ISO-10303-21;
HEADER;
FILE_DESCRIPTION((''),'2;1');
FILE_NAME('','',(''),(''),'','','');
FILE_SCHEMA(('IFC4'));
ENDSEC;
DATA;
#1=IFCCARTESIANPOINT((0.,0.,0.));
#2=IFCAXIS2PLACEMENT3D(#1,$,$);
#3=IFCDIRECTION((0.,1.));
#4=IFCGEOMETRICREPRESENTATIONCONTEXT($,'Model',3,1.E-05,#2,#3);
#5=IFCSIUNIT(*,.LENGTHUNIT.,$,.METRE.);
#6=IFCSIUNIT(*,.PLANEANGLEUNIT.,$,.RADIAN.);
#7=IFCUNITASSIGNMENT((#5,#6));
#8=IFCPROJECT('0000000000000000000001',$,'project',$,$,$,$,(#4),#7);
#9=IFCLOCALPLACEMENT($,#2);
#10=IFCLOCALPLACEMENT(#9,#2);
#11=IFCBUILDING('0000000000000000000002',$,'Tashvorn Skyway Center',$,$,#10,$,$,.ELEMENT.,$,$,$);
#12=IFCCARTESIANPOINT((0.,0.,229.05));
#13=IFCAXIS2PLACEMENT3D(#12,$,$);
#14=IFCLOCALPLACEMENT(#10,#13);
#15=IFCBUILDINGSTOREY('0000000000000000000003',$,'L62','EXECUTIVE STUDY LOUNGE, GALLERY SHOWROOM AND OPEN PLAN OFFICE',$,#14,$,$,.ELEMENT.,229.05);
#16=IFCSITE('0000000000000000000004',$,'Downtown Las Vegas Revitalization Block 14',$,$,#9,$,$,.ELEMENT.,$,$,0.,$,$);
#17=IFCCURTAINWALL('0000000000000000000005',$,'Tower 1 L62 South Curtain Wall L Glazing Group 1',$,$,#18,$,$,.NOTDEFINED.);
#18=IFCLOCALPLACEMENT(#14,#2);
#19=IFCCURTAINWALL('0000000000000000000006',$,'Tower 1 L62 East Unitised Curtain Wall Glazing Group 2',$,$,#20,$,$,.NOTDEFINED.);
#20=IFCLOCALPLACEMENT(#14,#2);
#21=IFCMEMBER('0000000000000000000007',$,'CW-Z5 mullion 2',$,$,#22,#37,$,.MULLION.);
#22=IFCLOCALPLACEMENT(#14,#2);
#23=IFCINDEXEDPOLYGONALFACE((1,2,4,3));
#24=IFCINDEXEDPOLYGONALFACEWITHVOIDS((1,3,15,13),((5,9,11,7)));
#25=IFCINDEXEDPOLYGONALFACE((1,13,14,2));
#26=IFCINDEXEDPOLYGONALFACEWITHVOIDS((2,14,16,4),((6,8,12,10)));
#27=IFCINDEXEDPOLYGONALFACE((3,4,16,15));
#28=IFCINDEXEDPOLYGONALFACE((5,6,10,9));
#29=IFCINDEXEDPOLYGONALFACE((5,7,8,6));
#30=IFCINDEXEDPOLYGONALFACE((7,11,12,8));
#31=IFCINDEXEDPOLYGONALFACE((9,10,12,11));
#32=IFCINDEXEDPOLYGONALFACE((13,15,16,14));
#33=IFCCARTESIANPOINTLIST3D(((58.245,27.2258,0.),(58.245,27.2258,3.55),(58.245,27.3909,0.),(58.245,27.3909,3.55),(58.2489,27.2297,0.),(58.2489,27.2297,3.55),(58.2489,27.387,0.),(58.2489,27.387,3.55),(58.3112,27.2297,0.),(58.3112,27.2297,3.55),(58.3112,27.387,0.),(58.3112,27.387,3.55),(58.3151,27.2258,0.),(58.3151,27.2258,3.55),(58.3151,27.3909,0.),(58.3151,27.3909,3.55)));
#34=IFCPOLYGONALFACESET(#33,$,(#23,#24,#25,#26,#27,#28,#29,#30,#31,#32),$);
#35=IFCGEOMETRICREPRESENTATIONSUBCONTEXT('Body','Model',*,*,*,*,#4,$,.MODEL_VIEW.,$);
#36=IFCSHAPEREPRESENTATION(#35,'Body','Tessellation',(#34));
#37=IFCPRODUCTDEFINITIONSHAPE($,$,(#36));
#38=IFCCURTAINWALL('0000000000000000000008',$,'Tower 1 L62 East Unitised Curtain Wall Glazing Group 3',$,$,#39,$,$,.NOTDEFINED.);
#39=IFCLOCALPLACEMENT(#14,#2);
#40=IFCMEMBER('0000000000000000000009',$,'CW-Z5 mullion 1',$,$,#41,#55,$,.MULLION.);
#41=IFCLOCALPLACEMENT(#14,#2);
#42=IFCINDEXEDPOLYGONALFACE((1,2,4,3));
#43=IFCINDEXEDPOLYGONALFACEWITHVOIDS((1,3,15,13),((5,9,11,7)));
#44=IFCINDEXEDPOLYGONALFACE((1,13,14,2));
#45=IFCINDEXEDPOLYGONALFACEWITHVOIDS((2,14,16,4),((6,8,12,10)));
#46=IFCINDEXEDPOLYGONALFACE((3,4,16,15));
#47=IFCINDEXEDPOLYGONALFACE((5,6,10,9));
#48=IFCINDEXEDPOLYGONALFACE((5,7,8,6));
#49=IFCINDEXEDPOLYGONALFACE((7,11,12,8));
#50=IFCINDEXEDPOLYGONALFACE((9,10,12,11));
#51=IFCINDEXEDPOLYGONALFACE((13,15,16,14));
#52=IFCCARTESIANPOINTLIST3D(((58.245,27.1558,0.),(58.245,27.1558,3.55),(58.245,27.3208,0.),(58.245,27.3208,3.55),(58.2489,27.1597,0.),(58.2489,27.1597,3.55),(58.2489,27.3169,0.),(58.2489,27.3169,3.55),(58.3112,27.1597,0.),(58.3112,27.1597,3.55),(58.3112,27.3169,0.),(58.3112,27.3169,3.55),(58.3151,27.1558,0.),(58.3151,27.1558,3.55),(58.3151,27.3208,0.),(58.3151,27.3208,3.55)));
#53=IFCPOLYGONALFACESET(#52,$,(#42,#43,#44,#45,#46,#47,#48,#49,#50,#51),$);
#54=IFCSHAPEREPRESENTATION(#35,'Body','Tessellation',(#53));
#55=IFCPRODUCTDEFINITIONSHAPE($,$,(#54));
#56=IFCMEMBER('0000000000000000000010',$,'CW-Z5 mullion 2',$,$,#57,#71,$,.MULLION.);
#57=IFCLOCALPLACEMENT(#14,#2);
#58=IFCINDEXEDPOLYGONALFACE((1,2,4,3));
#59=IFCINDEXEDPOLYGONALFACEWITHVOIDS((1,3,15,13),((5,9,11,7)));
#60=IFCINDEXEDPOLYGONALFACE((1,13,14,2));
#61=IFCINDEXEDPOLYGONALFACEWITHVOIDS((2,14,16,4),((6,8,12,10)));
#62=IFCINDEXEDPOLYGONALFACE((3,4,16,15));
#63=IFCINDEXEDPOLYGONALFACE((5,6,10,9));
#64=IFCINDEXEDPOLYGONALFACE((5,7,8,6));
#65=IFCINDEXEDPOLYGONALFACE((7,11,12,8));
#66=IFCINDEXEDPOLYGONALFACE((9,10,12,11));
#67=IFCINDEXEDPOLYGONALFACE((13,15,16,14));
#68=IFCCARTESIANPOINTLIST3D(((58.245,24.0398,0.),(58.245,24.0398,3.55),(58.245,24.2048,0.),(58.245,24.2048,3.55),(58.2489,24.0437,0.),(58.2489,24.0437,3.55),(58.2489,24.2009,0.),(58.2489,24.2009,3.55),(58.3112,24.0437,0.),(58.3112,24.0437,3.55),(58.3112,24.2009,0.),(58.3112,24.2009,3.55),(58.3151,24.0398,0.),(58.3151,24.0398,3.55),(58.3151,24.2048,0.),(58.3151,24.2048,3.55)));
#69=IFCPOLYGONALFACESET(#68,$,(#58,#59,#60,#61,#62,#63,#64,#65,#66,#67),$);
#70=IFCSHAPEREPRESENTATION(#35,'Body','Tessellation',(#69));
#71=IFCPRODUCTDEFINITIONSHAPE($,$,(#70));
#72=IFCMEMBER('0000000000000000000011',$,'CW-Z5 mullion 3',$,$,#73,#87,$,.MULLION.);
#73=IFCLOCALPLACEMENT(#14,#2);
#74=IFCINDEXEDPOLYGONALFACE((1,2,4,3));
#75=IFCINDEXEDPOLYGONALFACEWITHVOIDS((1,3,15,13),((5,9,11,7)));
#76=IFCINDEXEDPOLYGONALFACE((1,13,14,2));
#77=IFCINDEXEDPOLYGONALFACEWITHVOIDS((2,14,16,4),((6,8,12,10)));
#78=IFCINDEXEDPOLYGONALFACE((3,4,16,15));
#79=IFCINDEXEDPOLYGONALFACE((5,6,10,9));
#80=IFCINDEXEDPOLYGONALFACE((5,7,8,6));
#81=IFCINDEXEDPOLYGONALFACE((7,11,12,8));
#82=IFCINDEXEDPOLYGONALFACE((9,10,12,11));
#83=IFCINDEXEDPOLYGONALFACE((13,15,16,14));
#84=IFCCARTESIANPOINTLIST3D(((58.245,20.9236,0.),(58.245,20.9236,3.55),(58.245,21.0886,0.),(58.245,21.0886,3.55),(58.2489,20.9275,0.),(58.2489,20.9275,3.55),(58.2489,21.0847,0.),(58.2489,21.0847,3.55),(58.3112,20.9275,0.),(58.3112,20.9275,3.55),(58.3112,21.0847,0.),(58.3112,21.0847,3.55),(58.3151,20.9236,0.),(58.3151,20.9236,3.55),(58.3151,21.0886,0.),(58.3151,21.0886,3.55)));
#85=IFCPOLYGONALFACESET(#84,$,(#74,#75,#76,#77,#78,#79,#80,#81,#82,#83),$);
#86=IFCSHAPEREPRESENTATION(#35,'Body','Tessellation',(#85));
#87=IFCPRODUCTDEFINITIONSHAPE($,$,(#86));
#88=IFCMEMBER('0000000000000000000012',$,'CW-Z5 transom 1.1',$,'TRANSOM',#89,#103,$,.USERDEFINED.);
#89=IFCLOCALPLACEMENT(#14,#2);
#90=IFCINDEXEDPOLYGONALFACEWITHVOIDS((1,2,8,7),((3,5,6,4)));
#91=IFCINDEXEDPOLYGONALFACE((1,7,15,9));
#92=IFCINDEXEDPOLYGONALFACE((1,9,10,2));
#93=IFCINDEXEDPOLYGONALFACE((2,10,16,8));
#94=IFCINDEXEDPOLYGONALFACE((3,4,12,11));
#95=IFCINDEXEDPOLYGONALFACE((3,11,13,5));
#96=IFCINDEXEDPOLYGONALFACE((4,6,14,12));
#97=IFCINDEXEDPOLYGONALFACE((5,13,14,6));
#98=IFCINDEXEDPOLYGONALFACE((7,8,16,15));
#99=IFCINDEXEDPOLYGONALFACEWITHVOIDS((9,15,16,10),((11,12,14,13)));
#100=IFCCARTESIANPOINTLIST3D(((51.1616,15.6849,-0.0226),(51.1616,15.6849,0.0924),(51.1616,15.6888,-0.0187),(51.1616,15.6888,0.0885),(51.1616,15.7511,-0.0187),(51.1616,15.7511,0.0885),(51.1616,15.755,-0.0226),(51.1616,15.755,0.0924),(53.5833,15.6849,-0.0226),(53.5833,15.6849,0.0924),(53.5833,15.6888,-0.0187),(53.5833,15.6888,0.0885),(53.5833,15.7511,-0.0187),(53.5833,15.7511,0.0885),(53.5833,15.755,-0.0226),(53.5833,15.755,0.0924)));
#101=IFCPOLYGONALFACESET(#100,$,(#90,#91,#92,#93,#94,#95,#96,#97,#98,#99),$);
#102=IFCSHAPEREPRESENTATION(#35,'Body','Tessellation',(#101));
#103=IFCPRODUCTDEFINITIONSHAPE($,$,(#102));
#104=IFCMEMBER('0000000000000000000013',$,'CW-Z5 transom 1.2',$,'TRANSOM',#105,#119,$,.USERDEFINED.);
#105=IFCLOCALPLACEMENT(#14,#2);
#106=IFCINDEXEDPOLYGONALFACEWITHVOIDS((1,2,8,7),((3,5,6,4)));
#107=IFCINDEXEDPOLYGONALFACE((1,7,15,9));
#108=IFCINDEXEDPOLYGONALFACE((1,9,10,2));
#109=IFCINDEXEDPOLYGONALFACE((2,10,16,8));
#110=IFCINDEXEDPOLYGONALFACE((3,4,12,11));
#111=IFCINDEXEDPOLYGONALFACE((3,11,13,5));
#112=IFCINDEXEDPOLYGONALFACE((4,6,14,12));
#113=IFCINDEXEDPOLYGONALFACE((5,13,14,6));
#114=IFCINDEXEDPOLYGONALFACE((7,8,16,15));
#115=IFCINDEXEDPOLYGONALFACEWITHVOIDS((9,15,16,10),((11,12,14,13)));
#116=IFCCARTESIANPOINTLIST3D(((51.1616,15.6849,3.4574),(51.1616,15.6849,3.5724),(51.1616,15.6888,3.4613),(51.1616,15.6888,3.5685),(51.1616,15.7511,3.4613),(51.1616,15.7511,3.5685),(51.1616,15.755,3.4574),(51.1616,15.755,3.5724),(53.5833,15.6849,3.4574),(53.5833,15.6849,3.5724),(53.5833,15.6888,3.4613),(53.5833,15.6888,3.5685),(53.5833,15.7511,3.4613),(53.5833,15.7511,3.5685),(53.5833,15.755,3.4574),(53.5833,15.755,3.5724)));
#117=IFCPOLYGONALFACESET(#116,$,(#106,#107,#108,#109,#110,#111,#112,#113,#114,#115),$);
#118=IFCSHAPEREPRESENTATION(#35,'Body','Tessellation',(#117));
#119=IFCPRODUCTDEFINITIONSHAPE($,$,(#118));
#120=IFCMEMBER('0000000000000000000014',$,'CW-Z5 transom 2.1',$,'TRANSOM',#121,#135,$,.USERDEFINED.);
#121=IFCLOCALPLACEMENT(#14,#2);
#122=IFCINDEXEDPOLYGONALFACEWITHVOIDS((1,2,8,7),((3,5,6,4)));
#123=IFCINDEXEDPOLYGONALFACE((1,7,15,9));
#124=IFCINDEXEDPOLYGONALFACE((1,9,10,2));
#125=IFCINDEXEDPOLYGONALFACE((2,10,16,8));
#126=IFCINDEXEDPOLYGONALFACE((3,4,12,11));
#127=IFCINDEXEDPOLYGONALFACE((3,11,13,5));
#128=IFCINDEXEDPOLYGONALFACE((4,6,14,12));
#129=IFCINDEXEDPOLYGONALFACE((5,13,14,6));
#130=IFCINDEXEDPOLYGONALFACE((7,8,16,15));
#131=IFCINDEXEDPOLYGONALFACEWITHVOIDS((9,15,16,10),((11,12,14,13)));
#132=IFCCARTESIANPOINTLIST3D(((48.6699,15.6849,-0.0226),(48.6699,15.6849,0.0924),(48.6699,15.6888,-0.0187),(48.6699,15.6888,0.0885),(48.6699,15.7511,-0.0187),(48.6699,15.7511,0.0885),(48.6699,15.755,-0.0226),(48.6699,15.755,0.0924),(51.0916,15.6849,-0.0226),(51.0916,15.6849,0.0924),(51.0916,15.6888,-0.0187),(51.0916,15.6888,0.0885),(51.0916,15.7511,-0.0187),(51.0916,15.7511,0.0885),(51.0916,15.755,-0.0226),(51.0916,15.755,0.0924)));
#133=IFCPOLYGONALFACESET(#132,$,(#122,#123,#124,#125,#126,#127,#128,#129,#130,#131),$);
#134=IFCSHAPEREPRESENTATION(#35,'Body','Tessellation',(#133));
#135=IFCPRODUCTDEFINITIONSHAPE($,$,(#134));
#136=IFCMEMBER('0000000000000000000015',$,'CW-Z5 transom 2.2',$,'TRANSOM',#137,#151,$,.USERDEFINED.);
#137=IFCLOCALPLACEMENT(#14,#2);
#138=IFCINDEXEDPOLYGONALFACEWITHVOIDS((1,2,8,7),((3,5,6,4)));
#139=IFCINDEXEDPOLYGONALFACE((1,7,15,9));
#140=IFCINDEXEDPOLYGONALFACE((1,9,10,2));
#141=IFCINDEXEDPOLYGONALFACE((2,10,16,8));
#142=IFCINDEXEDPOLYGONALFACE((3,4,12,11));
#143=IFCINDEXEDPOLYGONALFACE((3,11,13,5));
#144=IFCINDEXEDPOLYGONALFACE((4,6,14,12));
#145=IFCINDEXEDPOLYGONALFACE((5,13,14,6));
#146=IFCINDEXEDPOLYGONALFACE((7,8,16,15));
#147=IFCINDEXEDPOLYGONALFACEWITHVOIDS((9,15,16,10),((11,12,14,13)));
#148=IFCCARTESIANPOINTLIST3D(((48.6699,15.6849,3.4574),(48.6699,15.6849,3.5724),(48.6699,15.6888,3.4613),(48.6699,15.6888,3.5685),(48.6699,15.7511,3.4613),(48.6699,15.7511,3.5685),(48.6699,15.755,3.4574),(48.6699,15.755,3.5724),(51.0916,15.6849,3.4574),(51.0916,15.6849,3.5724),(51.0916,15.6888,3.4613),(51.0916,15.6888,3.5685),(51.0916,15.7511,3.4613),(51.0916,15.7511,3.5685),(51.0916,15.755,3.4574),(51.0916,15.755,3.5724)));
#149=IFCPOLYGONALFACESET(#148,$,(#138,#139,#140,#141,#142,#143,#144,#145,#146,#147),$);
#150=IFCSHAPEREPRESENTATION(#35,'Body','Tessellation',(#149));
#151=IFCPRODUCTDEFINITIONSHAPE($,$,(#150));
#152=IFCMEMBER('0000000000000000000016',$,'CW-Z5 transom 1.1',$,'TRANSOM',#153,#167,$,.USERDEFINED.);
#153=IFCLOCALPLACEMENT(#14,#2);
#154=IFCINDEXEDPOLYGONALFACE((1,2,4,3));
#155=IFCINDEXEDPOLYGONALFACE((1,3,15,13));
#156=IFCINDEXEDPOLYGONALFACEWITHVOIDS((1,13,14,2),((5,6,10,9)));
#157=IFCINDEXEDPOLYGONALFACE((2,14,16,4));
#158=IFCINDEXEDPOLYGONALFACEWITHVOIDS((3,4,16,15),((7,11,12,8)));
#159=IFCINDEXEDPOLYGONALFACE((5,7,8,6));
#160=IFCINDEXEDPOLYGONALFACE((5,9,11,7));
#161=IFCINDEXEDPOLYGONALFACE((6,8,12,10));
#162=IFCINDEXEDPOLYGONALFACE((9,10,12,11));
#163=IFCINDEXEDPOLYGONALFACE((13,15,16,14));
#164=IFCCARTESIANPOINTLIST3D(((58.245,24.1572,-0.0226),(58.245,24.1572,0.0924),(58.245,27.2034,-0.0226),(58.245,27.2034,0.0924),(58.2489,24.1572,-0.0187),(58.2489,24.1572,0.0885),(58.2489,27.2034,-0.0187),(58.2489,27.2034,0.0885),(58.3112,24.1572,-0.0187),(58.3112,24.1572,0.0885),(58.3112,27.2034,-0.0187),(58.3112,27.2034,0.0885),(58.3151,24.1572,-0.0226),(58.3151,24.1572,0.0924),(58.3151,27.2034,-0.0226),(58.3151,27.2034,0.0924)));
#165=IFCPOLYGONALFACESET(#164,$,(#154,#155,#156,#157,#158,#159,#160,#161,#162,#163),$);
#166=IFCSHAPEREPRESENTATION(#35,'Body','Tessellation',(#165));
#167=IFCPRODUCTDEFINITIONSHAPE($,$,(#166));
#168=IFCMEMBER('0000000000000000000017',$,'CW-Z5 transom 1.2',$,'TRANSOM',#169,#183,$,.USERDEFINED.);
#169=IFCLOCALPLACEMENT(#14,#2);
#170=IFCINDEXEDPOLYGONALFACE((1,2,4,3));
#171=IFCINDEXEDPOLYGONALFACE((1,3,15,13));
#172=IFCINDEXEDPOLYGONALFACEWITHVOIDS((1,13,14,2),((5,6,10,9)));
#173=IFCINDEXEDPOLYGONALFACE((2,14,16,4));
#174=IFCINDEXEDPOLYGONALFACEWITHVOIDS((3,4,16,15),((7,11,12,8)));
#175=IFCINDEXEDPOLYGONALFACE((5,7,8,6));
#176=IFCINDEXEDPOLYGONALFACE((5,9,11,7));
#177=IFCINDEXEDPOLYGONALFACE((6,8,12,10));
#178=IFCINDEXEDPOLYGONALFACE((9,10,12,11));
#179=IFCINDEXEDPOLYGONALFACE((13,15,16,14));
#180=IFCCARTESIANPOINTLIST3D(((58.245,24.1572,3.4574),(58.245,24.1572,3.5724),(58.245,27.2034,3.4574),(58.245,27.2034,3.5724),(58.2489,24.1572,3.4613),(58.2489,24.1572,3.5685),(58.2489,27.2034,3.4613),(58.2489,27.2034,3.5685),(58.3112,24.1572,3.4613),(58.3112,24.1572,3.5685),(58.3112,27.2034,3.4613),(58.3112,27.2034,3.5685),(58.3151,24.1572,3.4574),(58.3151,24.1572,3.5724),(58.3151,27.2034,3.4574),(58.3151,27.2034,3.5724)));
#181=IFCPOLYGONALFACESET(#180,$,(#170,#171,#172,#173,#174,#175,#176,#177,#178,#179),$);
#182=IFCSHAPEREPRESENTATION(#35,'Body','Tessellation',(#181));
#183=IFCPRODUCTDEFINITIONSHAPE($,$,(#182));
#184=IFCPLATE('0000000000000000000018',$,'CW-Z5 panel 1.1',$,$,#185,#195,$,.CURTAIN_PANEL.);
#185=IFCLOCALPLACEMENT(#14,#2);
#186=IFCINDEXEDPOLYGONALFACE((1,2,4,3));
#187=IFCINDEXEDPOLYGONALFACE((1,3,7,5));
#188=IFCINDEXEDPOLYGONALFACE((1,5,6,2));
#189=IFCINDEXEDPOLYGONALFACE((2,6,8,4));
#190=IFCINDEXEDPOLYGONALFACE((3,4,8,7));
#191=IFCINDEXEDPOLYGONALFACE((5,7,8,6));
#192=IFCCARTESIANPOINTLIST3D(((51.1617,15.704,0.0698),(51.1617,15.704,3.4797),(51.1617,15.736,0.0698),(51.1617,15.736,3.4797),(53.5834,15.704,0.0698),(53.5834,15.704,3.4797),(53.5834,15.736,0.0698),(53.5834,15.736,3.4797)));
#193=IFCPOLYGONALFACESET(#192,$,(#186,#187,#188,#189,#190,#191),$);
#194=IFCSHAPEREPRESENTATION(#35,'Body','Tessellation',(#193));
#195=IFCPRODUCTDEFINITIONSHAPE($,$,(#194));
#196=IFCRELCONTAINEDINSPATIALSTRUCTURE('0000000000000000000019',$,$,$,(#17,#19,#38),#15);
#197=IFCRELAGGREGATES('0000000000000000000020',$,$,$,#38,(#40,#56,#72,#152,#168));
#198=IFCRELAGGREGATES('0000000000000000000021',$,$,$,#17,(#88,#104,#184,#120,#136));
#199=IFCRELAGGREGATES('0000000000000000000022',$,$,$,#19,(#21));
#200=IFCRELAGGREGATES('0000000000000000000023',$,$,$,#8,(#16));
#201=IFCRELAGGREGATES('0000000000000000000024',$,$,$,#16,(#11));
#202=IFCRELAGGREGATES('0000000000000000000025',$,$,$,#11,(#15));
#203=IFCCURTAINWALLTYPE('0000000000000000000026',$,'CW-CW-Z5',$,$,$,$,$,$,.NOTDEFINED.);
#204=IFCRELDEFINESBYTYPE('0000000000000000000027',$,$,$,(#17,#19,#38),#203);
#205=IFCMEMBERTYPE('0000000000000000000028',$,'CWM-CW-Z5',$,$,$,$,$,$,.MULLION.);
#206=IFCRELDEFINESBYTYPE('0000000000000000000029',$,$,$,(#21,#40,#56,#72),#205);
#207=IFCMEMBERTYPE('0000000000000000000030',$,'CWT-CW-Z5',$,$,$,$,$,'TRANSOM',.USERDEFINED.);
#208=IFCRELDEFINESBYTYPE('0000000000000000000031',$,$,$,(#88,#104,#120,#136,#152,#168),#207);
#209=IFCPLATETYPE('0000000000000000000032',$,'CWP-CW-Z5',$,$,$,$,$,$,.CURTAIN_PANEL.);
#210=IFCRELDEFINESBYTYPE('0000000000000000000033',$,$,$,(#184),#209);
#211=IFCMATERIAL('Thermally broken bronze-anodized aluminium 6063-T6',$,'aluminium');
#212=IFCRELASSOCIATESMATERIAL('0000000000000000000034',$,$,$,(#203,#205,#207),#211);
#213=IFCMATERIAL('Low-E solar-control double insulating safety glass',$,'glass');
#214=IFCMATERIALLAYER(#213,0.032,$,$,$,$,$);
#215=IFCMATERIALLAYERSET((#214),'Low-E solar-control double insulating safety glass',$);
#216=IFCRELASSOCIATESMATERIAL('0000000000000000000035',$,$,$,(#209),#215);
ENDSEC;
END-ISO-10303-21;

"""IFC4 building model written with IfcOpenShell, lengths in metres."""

from ifc_helpers import new_model, si_unit, direction, frame, origin, origin_2d, place, context, subcontext, project, spatial, rectangle, hollow_rectangle, extrude, material, layer, layer_set, material_profile, profile_set, type_object, element, aggregate, save


model = new_model("IFC4")

# Units and contexts
model_context = context("Model", 3, precision=1e-05, world=origin(), true_north=direction((0.0, 1.0)))
body_context = subcontext(model_context, "Body", "Model", "MODEL_VIEW")
ifc_project = project(units=[si_unit("LENGTHUNIT", "METRE"), si_unit("PLANEANGLEUNIT", "RADIAN")], contexts=[model_context])

# Site, building, storey
site_placement = place(None, origin())
site = spatial("IfcSite", under=ifc_project, at=site_placement, Name="Downtown Las Vegas Revitalization Block 14", CompositionType="ELEMENT", RefElevation=0.0)
building_placement = place(site_placement, origin())
building = spatial("IfcBuilding", under=site, at=building_placement, Name="Tashvorn Skyway Center", CompositionType="ELEMENT")
storey_placement = place(building_placement, frame((0.0, 0.0, 229.05)))
storey = spatial("IfcBuildingStorey", under=building, at=storey_placement, Name="L62", Description="EXECUTIVE STUDY LOUNGE, GALLERY SHOWROOM AND OPEN PLAN OFFICE", CompositionType="ELEMENT", Elevation=229.05)

# Curtain wall
ifc_material_1 = material(Name="Thermally broken bronze-anodized aluminium 6063-T6", Category="aluminium")
curtain_wall_type = type_object("IfcCurtainWallType", Name="CW-CW-Z5", PredefinedType="NOTDEFINED", material=ifc_material_1)
curtain_wall_1_placement = place(storey_placement, origin())
curtain_wall_1 = element("IfcCurtainWall", 1, at=curtain_wall_1_placement, inside=storey, type_object=curtain_wall_type, Name="Tower 1 L62 South Curtain Wall L Glazing Group 1", PredefinedType="NOTDEFINED")
ifc_material_profile_1 = material_profile(ifc_material_1, hollow_rectangle(XDim=0.0701, YDim=0.165, WallThickness=0.0039, at=origin_2d()), Name="ALU-MULL-70x165")
ifc_profile_set_1 = profile_set([ifc_material_profile_1], Name="Thermally broken bronze-anodized aluminium 6063-T6")
member_type_1 = type_object("IfcMemberType", Name="CWM-CW-Z5", PredefinedType="MULLION", material=ifc_profile_set_1)

# Curtain wall, member
curtain_wall_2_placement = place(storey_placement, origin())
curtain_wall_2 = element("IfcCurtainWall", 2, at=curtain_wall_2_placement, inside=storey, type_object=curtain_wall_type, Name="Tower 1 L62 East Unitised Curtain Wall Glazing Group 2", PredefinedType="NOTDEFINED")
member_1_placement = place(storey_placement, frame((58.28, 27.3083, 0.0), z_axis=(0.0, 0.0, 1.0), x_axis=(1.0, 0.0, 0.0)))
member_1 = element("IfcMember", 3, at=member_1_placement, type_object=member_type_1, Name="CW-Z5 mullion 2", PredefinedType="MULLION", context=body_context, shape_type="SweptSolid", body=[
    extrude(hollow_rectangle(XDim=0.0701, YDim=0.165, WallThickness=0.0039, at=origin_2d()), origin(), (0.0, 0.0, 1.0), 3.55),
])

# Curtain wall, members
curtain_wall_3_placement = place(storey_placement, origin())
curtain_wall_3 = element("IfcCurtainWall", 4, at=curtain_wall_3_placement, inside=storey, type_object=curtain_wall_type, Name="Tower 1 L62 East Unitised Curtain Wall Glazing Group 3", PredefinedType="NOTDEFINED")
member_2_placement = place(storey_placement, frame((58.28, 27.2383, 0.0), z_axis=(0.0, 0.0, 1.0), x_axis=(1.0, 0.0, 0.0)))
member_2 = element("IfcMember", 5, at=member_2_placement, type_object=member_type_1, Name="CW-Z5 mullion 1", PredefinedType="MULLION", context=body_context, shape_type="SweptSolid", body=[
    extrude(hollow_rectangle(XDim=0.0701, YDim=0.165, WallThickness=0.0039, at=origin_2d()), origin(), (0.0, 0.0, 1.0), 3.55),
])
member_3_placement = place(storey_placement, frame((58.28, 24.1223, 0.0), z_axis=(0.0, 0.0, 1.0), x_axis=(1.0, 0.0, 0.0)))
member_3 = element("IfcMember", 6, at=member_3_placement, type_object=member_type_1, Name="CW-Z5 mullion 2", PredefinedType="MULLION", context=body_context, shape_type="SweptSolid", body=[
    extrude(hollow_rectangle(XDim=0.0701, YDim=0.165, WallThickness=0.0039, at=origin_2d()), origin(), (0.0, 0.0, 1.0), 3.55),
])
member_4_placement = place(storey_placement, frame((58.28, 21.0061, 0.0), z_axis=(0.0, 0.0, 1.0), x_axis=(1.0, 0.0, 0.0)))
member_4 = element("IfcMember", 7, at=member_4_placement, type_object=member_type_1, Name="CW-Z5 mullion 3", PredefinedType="MULLION", context=body_context, shape_type="SweptSolid", body=[
    extrude(hollow_rectangle(XDim=0.0701, YDim=0.165, WallThickness=0.0039, at=origin_2d()), origin(), (0.0, 0.0, 1.0), 3.55),
])

# Members
ifc_material_profile_2 = material_profile(ifc_material_1, hollow_rectangle(XDim=0.0701, YDim=0.115, WallThickness=0.0039, at=origin_2d()), Name="ALU-TRAN-70x115")
ifc_profile_set_2 = profile_set([ifc_material_profile_2], Name="Thermally broken bronze-anodized aluminium 6063-T6")
member_type_2 = type_object("IfcMemberType", Name="CWT-CW-Z5", ElementType="TRANSOM", PredefinedType="USERDEFINED", material=ifc_profile_set_2)
member_5_placement = place(storey_placement, frame((53.5833, 15.72, 0.0349), z_axis=(-1.0, 0.0, 0.0), x_axis=(0.0, -1.0, 0.0)))
member_5 = element("IfcMember", 8, at=member_5_placement, type_object=member_type_2, Name="CW-Z5 transom 1.1", ObjectType="TRANSOM", PredefinedType="USERDEFINED", context=body_context, shape_type="SweptSolid", body=[
    extrude(hollow_rectangle(XDim=0.0701, YDim=0.115, WallThickness=0.0039, at=origin_2d()), origin(), (0.0, 0.0, 1.0), 2.4216),
])
member_6_placement = place(storey_placement, frame((53.5833, 15.72, 3.5149), z_axis=(-1.0, 0.0, 0.0), x_axis=(0.0, -1.0, 0.0)))
member_6 = element("IfcMember", 9, at=member_6_placement, type_object=member_type_2, Name="CW-Z5 transom 1.2", ObjectType="TRANSOM", PredefinedType="USERDEFINED", context=body_context, shape_type="SweptSolid", body=[
    extrude(hollow_rectangle(XDim=0.0701, YDim=0.115, WallThickness=0.0039, at=origin_2d()), origin(), (0.0, 0.0, 1.0), 2.4216),
])
member_7_placement = place(storey_placement, frame((51.0916, 15.72, 0.0349), z_axis=(-1.0, 0.0, 0.0), x_axis=(0.0, -1.0, 0.0)))
member_7 = element("IfcMember", 10, at=member_7_placement, type_object=member_type_2, Name="CW-Z5 transom 2.1", ObjectType="TRANSOM", PredefinedType="USERDEFINED", context=body_context, shape_type="SweptSolid", body=[
    extrude(hollow_rectangle(XDim=0.0701, YDim=0.115, WallThickness=0.0039, at=origin_2d()), origin(), (0.0, 0.0, 1.0), 2.4216),
])
member_8_placement = place(storey_placement, frame((51.0916, 15.72, 3.5149), z_axis=(-1.0, 0.0, 0.0), x_axis=(0.0, -1.0, 0.0)))
member_8 = element("IfcMember", 11, at=member_8_placement, type_object=member_type_2, Name="CW-Z5 transom 2.2", ObjectType="TRANSOM", PredefinedType="USERDEFINED", context=body_context, shape_type="SweptSolid", body=[
    extrude(hollow_rectangle(XDim=0.0701, YDim=0.115, WallThickness=0.0039, at=origin_2d()), origin(), (0.0, 0.0, 1.0), 2.4216),
])
member_9_placement = place(storey_placement, frame((58.28, 27.2034, 0.0349), z_axis=(0.0, -1.0, 0.0), x_axis=(1.0, 0.0, 0.0)))
member_9 = element("IfcMember", 12, at=member_9_placement, type_object=member_type_2, Name="CW-Z5 transom 1.1", ObjectType="TRANSOM", PredefinedType="USERDEFINED", context=body_context, shape_type="SweptSolid", body=[
    extrude(hollow_rectangle(XDim=0.0701, YDim=0.115, WallThickness=0.0039, at=origin_2d()), origin(), (0.0, 0.0, 1.0), 3.0461),
])
member_10_placement = place(storey_placement, frame((58.28, 27.2034, 3.5149), z_axis=(0.0, -1.0, 0.0), x_axis=(1.0, 0.0, 0.0)))
member_10 = element("IfcMember", 13, at=member_10_placement, type_object=member_type_2, Name="CW-Z5 transom 1.2", ObjectType="TRANSOM", PredefinedType="USERDEFINED", context=body_context, shape_type="SweptSolid", body=[
    extrude(hollow_rectangle(XDim=0.0701, YDim=0.115, WallThickness=0.0039, at=origin_2d()), origin(), (0.0, 0.0, 1.0), 3.0461),
])
aggregate(curtain_wall_3, [member_2, member_3, member_4, member_9, member_10])

# Plate
ifc_material_2 = material(Name="Low-E solar-control double insulating safety glass", Category="glass")
ifc_layer_1 = layer(ifc_material_2, 0.032)
ifc_layer_set_1 = layer_set([ifc_layer_1], Name="Low-E solar-control double insulating safety glass")
plate_type_1 = type_object("IfcPlateType", Name="CWP-CW-Z5", PredefinedType="CURTAIN_PANEL", material=ifc_layer_set_1)
plate_1_placement = place(storey_placement, frame((52.3726, 15.72, 0.0698), z_axis=(0.0, 0.0, 1.0), x_axis=(-1.0, 0.0, 0.0)))
plate_1 = element("IfcPlate", 14, at=plate_1_placement, type_object=plate_type_1, Name="CW-Z5 panel 1.1", PredefinedType="CURTAIN_PANEL", context=body_context, shape_type="SweptSolid", body=[
    extrude(rectangle(XDim=2.4216, YDim=0.032, at=origin_2d()), origin(), (0.0, 0.0, 1.0), 3.4099),
])
aggregate(curtain_wall_1, [member_5, member_6, plate_1, member_7, member_8])
aggregate(curtain_wall_2, [member_1])

save(model, "model.ifc")
